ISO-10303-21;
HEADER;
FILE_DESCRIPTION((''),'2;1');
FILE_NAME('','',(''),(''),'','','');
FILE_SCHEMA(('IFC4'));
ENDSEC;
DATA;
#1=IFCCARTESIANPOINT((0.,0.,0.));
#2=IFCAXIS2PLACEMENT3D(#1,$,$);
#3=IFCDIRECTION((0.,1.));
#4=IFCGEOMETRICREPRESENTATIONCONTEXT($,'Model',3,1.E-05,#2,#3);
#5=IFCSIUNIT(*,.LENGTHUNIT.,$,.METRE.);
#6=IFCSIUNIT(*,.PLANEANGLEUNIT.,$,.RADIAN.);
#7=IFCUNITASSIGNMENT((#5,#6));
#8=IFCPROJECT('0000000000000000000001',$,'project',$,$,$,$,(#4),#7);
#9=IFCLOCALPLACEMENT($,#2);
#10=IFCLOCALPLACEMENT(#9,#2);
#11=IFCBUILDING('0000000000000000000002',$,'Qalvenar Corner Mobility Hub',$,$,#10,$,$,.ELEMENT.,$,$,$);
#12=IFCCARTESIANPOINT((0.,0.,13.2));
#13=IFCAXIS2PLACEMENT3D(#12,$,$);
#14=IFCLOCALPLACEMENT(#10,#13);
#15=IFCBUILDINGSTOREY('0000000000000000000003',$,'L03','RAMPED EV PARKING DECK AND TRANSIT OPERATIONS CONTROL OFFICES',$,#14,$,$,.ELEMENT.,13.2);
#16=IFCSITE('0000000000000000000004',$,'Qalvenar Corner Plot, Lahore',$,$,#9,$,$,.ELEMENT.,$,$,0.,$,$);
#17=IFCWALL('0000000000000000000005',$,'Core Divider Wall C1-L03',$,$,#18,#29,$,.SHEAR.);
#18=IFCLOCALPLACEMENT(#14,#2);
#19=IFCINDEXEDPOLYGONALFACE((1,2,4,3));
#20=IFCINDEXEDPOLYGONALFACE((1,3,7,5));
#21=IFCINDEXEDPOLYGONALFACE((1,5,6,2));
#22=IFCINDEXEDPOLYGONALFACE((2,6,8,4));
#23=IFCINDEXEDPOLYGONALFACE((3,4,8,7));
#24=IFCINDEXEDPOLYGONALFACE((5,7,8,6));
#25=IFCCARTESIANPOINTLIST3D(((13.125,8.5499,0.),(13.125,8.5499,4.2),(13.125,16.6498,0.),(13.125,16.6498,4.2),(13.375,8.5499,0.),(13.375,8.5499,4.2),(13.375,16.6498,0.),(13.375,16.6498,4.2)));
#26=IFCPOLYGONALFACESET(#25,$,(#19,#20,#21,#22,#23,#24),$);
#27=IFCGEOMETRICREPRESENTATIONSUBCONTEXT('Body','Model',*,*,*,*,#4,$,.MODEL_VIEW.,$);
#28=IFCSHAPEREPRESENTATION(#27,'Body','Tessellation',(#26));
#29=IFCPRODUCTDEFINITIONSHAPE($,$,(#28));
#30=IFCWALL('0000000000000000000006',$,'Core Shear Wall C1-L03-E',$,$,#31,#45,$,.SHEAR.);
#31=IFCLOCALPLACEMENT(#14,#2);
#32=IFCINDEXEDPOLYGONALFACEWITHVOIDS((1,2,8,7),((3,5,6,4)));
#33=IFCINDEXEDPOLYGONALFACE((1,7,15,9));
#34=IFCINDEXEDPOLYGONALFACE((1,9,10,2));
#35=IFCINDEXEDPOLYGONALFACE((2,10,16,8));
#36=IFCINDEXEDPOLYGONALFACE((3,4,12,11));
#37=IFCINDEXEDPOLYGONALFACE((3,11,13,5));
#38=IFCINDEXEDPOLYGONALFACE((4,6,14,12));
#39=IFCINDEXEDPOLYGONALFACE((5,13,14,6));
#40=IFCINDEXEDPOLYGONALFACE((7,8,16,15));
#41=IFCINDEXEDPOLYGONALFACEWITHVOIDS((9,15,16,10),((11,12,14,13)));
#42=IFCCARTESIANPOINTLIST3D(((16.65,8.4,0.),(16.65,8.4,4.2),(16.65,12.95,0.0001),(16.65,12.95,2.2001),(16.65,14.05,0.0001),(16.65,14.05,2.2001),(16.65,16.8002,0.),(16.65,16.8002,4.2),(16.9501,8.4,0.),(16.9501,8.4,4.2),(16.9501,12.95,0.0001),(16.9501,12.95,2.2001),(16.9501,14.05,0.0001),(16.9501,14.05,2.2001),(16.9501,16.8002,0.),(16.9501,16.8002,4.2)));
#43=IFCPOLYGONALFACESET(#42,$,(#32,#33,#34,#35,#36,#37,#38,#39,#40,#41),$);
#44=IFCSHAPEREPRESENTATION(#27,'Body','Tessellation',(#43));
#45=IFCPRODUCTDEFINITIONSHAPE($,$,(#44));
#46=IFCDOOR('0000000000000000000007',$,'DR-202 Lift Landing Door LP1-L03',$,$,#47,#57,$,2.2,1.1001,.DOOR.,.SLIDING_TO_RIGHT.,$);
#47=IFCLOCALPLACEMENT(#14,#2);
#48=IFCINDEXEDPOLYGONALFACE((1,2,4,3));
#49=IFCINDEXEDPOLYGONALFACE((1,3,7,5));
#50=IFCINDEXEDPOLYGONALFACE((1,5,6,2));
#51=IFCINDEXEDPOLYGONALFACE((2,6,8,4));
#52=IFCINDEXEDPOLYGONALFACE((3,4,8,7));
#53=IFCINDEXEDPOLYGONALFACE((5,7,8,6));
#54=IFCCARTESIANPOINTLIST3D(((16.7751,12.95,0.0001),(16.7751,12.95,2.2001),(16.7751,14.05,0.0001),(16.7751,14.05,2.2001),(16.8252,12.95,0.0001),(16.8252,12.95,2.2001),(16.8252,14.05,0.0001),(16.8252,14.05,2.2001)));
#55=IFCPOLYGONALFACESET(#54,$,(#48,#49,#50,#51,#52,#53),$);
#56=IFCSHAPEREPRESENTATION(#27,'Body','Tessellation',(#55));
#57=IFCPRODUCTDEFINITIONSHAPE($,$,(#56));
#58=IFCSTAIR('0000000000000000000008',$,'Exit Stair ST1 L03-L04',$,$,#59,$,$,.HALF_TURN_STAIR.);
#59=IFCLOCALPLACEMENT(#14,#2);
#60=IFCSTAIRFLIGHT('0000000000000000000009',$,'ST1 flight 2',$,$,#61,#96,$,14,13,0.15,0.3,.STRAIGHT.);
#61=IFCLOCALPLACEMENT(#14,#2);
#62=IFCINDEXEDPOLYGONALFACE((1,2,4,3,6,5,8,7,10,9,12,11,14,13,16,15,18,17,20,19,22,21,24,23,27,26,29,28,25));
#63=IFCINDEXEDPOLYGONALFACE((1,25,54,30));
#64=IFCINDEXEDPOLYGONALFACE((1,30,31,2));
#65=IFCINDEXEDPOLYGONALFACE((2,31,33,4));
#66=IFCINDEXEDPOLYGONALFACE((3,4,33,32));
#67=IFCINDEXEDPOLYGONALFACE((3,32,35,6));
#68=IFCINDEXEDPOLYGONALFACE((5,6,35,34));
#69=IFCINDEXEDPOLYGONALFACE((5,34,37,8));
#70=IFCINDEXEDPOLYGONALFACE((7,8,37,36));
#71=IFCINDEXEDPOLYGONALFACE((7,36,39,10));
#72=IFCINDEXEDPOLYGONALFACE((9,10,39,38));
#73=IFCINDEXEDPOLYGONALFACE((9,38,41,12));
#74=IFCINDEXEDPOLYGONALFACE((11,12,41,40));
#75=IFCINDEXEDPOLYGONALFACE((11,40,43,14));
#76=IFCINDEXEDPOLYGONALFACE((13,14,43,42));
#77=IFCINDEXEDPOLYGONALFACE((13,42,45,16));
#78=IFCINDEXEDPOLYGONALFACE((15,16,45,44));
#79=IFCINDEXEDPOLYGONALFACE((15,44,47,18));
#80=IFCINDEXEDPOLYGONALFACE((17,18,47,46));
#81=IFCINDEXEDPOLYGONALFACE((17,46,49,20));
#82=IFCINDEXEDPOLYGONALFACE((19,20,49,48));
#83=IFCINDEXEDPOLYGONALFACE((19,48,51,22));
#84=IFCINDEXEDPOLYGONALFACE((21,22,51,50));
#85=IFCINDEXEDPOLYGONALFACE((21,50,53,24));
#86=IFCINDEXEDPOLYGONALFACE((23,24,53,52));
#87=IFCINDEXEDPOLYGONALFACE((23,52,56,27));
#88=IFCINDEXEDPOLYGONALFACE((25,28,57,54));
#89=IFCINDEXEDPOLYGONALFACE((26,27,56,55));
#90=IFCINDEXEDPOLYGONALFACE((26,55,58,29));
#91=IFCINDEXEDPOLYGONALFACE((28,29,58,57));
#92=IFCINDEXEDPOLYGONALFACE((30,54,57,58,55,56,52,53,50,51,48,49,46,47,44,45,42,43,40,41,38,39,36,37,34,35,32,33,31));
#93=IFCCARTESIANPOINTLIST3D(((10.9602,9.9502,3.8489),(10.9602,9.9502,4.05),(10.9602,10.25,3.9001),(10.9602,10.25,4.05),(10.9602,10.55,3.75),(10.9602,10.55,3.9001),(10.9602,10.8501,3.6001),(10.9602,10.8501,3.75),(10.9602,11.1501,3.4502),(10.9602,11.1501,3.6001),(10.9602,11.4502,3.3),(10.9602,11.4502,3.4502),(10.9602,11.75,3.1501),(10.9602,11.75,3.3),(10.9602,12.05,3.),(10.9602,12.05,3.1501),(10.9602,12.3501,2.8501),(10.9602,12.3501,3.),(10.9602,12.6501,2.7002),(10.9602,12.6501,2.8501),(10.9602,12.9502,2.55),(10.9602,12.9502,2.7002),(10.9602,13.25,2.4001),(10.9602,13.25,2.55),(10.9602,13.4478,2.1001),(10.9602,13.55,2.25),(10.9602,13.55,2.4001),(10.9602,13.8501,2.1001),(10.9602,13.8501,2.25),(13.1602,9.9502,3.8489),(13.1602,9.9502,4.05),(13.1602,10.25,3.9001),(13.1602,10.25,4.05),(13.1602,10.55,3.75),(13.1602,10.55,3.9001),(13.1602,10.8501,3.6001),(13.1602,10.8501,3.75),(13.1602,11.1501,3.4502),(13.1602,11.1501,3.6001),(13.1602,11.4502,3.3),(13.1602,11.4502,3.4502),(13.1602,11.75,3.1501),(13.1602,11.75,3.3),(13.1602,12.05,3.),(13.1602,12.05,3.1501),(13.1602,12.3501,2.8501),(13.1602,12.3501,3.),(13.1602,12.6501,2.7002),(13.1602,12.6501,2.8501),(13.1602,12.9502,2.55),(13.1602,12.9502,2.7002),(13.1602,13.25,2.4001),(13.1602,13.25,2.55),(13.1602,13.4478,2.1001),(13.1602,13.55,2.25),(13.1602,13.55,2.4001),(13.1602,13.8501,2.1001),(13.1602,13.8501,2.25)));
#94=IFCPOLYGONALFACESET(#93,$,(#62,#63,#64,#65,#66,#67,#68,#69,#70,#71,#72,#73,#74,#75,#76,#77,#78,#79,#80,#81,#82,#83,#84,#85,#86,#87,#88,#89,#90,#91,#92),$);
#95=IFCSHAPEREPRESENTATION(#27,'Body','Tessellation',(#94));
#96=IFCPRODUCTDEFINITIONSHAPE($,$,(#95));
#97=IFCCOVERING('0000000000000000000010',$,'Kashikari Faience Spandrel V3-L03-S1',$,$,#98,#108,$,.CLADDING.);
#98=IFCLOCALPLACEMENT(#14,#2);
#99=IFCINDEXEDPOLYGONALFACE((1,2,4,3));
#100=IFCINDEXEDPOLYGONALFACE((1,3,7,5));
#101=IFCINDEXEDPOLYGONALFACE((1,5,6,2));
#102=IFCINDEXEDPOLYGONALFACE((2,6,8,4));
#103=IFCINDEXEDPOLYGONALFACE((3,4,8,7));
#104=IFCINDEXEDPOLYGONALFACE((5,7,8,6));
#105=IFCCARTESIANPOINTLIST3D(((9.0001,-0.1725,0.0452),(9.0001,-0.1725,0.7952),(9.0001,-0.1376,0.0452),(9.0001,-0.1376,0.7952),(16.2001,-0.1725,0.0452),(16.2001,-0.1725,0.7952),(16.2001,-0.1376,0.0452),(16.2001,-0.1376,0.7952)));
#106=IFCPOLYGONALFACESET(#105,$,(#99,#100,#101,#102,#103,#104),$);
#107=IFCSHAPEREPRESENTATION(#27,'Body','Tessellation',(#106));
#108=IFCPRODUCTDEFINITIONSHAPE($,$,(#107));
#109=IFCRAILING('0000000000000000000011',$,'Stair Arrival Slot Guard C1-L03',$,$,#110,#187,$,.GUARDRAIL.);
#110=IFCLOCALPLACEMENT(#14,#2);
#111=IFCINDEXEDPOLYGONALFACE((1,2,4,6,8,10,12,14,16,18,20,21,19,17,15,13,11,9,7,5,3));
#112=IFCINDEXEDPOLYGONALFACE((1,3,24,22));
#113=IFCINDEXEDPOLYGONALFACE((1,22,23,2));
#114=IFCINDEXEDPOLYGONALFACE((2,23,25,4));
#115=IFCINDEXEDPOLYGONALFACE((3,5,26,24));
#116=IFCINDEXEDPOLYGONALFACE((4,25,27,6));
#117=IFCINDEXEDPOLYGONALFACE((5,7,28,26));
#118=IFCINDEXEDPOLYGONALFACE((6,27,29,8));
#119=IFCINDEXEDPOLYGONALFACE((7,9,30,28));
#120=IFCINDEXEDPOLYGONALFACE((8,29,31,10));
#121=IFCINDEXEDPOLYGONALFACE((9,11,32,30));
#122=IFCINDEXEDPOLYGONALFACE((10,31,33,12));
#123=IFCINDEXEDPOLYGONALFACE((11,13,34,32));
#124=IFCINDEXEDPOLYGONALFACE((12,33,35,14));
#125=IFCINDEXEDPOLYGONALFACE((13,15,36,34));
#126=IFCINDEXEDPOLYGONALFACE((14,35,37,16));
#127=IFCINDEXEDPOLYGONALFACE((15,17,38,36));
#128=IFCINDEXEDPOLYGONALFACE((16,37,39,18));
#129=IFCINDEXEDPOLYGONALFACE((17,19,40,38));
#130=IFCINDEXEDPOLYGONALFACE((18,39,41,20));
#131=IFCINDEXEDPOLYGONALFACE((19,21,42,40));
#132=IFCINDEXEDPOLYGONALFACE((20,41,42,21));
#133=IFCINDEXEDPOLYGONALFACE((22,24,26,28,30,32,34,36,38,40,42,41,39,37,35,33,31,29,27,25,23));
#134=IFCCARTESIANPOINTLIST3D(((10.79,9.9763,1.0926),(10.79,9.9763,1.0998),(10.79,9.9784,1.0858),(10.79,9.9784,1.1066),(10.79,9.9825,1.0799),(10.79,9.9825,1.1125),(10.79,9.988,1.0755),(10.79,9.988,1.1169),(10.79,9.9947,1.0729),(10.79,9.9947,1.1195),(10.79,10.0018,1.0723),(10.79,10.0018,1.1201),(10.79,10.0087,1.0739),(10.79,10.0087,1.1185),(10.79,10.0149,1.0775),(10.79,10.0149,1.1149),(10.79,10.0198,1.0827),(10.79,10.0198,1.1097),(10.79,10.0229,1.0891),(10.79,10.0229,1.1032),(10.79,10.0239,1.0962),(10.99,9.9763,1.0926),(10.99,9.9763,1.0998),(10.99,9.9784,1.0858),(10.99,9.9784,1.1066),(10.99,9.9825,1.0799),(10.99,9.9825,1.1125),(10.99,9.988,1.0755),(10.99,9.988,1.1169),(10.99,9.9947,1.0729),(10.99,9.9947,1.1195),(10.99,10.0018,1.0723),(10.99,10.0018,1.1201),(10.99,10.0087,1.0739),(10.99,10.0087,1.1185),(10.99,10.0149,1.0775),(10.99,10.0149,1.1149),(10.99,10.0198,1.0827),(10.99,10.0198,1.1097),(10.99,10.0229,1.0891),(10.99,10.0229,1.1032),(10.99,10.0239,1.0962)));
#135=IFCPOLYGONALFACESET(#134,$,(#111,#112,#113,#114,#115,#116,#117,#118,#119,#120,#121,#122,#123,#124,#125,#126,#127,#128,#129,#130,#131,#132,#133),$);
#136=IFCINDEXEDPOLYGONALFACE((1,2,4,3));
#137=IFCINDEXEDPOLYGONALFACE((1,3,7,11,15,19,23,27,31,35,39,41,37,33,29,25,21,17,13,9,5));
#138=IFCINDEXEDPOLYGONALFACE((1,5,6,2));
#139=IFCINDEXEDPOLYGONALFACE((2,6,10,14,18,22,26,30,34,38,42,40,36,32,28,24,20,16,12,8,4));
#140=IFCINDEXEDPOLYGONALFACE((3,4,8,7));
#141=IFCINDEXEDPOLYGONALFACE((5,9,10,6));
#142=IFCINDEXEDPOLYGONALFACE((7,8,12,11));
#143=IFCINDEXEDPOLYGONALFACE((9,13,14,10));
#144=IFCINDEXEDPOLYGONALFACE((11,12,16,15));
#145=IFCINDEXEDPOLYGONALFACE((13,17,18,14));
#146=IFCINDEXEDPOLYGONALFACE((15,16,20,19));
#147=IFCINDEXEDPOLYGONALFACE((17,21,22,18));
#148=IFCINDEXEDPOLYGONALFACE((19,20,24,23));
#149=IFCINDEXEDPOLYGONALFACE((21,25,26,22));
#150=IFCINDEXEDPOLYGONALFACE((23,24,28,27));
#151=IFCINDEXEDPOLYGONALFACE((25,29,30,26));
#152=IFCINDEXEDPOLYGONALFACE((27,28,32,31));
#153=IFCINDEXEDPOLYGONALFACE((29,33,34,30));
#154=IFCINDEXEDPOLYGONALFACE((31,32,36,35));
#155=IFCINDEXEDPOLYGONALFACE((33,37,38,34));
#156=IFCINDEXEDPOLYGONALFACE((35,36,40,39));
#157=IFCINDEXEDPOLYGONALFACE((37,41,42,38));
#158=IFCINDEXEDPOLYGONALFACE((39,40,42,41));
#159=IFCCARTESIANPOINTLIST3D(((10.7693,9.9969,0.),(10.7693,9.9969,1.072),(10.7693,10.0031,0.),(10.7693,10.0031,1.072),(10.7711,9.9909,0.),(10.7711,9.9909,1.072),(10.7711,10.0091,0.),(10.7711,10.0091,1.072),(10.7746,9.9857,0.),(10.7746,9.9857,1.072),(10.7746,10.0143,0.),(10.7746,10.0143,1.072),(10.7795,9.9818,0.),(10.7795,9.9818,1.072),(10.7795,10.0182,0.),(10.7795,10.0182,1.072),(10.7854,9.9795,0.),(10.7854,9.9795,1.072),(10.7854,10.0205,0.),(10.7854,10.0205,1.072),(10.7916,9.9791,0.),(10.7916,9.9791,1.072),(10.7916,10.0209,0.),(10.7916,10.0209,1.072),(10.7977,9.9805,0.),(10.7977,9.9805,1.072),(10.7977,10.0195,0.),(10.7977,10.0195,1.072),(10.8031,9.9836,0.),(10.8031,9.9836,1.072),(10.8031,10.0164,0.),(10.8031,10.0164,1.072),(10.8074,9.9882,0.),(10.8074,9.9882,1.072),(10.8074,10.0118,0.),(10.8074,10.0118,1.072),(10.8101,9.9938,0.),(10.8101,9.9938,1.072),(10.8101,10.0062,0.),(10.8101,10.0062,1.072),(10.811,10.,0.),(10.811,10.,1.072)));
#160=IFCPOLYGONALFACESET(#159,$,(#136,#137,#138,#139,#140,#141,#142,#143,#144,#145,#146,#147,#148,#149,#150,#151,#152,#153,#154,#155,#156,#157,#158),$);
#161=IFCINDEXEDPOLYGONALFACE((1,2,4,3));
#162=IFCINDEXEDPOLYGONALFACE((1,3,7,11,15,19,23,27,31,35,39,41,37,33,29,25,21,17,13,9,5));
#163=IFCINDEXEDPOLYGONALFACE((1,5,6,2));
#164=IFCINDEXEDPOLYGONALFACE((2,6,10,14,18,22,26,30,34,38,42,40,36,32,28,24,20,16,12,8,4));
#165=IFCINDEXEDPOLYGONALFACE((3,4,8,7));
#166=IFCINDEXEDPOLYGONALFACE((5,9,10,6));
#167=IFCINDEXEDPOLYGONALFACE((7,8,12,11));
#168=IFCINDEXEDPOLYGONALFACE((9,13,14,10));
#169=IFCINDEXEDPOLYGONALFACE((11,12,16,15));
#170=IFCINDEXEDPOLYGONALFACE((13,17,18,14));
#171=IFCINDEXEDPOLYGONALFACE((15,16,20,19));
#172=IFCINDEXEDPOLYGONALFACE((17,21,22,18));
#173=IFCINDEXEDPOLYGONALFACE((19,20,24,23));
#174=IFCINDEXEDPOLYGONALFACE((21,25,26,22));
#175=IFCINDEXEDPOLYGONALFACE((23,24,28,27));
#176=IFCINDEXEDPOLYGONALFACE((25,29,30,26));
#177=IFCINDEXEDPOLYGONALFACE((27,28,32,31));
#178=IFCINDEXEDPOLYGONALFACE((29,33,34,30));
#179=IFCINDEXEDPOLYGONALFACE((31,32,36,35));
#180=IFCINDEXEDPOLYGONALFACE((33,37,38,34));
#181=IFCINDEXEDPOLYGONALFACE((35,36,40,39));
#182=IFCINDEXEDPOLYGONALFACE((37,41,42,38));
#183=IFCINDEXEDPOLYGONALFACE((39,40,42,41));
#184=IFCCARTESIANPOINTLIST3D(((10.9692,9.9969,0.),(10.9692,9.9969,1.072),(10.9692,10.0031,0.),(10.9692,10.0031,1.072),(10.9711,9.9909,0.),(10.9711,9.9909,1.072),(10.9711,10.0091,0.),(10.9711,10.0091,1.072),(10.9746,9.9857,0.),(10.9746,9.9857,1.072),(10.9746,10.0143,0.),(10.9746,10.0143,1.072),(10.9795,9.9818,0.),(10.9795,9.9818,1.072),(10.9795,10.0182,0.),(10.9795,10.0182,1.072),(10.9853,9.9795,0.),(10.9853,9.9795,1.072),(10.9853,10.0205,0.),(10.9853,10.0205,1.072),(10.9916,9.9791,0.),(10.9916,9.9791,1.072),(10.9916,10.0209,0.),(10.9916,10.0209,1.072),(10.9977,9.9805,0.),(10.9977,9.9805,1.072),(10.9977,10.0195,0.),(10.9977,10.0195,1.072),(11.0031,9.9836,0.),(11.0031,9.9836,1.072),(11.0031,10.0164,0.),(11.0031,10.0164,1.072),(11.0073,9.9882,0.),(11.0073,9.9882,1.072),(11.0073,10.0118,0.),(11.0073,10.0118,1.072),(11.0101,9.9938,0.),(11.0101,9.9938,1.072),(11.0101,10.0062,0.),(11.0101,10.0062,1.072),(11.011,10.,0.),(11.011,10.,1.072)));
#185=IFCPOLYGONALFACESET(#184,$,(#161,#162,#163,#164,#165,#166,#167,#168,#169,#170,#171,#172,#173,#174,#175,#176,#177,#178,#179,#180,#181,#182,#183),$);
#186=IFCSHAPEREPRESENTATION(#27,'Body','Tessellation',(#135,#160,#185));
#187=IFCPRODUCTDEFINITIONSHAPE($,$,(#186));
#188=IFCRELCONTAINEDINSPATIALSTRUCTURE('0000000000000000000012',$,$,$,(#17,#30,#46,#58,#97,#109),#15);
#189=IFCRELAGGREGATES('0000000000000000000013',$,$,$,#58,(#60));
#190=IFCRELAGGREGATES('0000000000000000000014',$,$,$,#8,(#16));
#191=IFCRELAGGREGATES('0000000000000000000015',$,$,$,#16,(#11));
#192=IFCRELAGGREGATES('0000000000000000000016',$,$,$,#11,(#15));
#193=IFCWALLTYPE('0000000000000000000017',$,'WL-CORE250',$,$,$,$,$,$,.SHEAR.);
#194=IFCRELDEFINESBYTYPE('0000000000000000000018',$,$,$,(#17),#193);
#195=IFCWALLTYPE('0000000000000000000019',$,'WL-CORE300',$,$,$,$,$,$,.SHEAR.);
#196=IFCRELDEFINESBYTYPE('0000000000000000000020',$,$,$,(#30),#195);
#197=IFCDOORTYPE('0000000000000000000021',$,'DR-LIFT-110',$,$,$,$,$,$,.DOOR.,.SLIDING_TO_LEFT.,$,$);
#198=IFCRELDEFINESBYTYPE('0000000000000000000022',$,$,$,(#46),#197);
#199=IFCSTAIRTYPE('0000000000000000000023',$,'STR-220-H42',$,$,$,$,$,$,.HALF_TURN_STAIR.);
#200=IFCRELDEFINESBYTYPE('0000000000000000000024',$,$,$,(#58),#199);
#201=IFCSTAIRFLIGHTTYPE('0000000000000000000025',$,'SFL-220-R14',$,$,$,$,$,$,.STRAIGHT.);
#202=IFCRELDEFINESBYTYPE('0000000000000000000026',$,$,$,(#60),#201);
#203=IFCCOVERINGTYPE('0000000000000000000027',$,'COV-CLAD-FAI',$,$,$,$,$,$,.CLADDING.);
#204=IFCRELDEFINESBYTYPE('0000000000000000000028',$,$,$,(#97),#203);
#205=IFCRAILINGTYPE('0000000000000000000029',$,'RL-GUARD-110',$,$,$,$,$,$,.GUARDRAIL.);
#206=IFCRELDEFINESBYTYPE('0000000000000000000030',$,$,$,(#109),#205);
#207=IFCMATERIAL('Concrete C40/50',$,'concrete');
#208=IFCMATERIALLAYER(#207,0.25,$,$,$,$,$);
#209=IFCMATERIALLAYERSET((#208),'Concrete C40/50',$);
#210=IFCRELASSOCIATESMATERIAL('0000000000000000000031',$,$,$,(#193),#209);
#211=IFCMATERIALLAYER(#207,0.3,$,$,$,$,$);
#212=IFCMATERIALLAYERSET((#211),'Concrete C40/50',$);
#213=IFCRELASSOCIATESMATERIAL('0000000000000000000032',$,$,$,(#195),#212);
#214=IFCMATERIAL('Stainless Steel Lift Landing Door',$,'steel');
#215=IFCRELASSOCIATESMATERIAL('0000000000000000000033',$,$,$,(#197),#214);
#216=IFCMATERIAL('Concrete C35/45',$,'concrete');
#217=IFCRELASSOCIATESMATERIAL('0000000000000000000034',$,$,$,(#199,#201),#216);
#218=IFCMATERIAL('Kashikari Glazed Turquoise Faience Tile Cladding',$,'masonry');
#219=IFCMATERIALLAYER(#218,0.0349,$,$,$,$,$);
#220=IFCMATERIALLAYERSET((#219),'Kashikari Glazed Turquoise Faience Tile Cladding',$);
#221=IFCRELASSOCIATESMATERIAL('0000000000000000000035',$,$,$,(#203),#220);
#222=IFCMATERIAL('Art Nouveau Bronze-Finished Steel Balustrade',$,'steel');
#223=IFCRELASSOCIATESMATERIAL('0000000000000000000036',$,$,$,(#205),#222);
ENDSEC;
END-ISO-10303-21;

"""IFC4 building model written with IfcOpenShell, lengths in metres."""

from ifc_helpers import new_model, si_unit, direction, frame, frame_2d, origin, origin_2d, place, context, subcontext, project, spatial, polyline, rectangle, circle, outline, extrude, material, layer, layer_set, type_object, element, fill, aggregate, save


model = new_model("IFC4")

# Units and contexts
model_context = context("Model", 3, precision=1e-05, world=origin(), true_north=direction((0.0, 1.0)))
body_context = subcontext(model_context, "Body", "Model", "MODEL_VIEW")
ifc_project = project(units=[si_unit("LENGTHUNIT", "METRE"), si_unit("PLANEANGLEUNIT", "RADIAN")], contexts=[model_context])

# Site, building, storey
site_placement = place(None, origin())
site = spatial("IfcSite", under=ifc_project, at=site_placement, Name="Qalvenar Corner Plot, Lahore", CompositionType="ELEMENT", RefElevation=0.0)
building_placement = place(site_placement, origin())
building = spatial("IfcBuilding", under=site, at=building_placement, Name="Qalvenar Corner Mobility Hub", CompositionType="ELEMENT")
storey_placement = place(building_placement, frame((0.0, 0.0, 13.2)))
storey = spatial("IfcBuildingStorey", under=building, at=storey_placement, Name="L03", Description="RAMPED EV PARKING DECK AND TRANSIT OPERATIONS CONTROL OFFICES", CompositionType="ELEMENT", Elevation=13.2)

# Wall
ifc_material_1 = material(Name="Concrete C40/50", Category="concrete")
ifc_layer_1 = layer(ifc_material_1, 0.25)
ifc_layer_set_1 = layer_set([ifc_layer_1], Name="Concrete C40/50")
wall_type_1 = type_object("IfcWallType", Name="WL-CORE250", PredefinedType="SHEAR", material=ifc_layer_set_1)
wall_1_placement = place(storey_placement, frame((13.25, 8.55, 0.0), z_axis=(0.0, 0.0, 1.0), x_axis=(0.0, 1.0, 0.0)))
element("IfcWall", 1, at=wall_1_placement, inside=storey, type_object=wall_type_1, Name="Core Divider Wall C1-L03", PredefinedType="SHEAR", context=body_context, shape_type="SweptSolid", body=[
    extrude(rectangle(XDim=8.0999, YDim=0.25, at=frame_2d((4.0498, 0.0))), origin(), (0.0, 0.0, 1.0), 4.2),
])

# Wall, opening, door
ifc_layer_2 = layer(ifc_material_1, 0.3)
ifc_layer_set_2 = layer_set([ifc_layer_2], Name="Concrete C40/50")
wall_type_2 = type_object("IfcWallType", Name="WL-CORE300", PredefinedType="SHEAR", material=ifc_layer_set_2)
wall_2_placement = place(storey_placement, frame((16.8, 8.3999, 0.0), z_axis=(0.0, 0.0, 1.0), x_axis=(0.0, 1.0, 0.0)))
wall_2 = element("IfcWall", 2, at=wall_2_placement, inside=storey, type_object=wall_type_2, Name="Core Shear Wall C1-L03-E", PredefinedType="SHEAR", context=body_context, shape_type="SweptSolid", body=[
    extrude(rectangle(XDim=8.4001, YDim=0.3, at=frame_2d((4.2002, 0.0))), origin(), (0.0, 0.0, 1.0), 4.2),
])
opening_placement = place(wall_2_placement, frame((4.55, 0.0, 0.0)))
opening = element("IfcOpeningElement", 3, at=opening_placement, cuts=wall_2, PredefinedType="OPENING", context=body_context, shape_type="SweptSolid", body=[
    extrude(rectangle(XDim=1.1001, YDim=2.2, at=frame_2d((0.55, 1.1001))), frame((0.0, 0.1602, 0.0), z_axis=(0.0, -1.0, 0.0), x_axis=(1.0, 0.0, 0.0)), (0.0, 0.0, 1.0), 0.3201),
])
ifc_material_2 = material(Name="Stainless Steel Lift Landing Door", Category="steel")
door_type = type_object("IfcDoorType", Name="DR-LIFT-110", OperationType="SLIDING_TO_LEFT", PredefinedType="DOOR", material=ifc_material_2)
door_placement = place(opening_placement, origin())
door = element("IfcDoor", 4, at=door_placement, inside=storey, type_object=door_type, Name="DR-202 Lift Landing Door LP1-L03", OperationType="SLIDING_TO_RIGHT", OverallHeight=2.2, OverallWidth=1.1001, PredefinedType="DOOR", context=body_context, shape_type="SweptSolid", body=[
    extrude(rectangle(XDim=1.1001, YDim=2.2, at=frame_2d((0.55, 1.1001))), frame((0.0, 0.0249, 0.0), z_axis=(0.0, -1.0, 0.0), x_axis=(1.0, 0.0, 0.0)), (0.0, 0.0, 1.0), 0.05),
])
fill(opening, door)

# Stair, stair flight
ifc_material_3 = material(Name="Concrete C35/45", Category="concrete")
stair_type = type_object("IfcStairType", Name="STR-220-H42", PredefinedType="HALF_TURN_STAIR", material=ifc_material_3)
stair_placement = place(storey_placement, origin())
stair = element("IfcStair", 5, at=stair_placement, inside=storey, type_object=stair_type, Name="Exit Stair ST1 L03-L04", PredefinedType="HALF_TURN_STAIR")
stair_flight_type = type_object("IfcStairFlightType", Name="SFL-220-R14", PredefinedType="STRAIGHT", material=ifc_material_3)
stair_flight_placement = place(storey_placement, frame((12.0601, 13.8501, 2.1001), z_axis=(0.0, 0.0, 1.0), x_axis=(0.0, -1.0, 0.0)))
stair_flight = element("IfcStairFlight", 6, at=stair_flight_placement, type_object=stair_flight_type, Name="ST1 flight 2", NumberOfRisers=14, NumberOfTreads=13, PredefinedType="STRAIGHT", RiserHeight=0.15, TreadLength=0.3, context=body_context, shape_type="SweptSolid", body=[
    extrude(outline(polyline([(0.0, 0.0), (0.0, 0.1499), (0.3, 0.1499), (0.3, 0.3), (0.6001, 0.3), (0.6001, 0.45), (0.8999, 0.45), (0.8999, 0.6001), (1.2, 0.6001), (1.2, 0.75), (1.5, 0.75), (1.5, 0.8999), (1.8, 0.8999), (1.8, 1.05), (2.1001, 1.05), (2.1001, 1.2), (2.3999, 1.2), (2.3999, 1.3501), (2.7, 1.3501), (2.7, 1.5), (3.0, 1.5), (3.0, 1.6499), (3.3, 1.6499), (3.3, 1.8), (3.6001, 1.8), (3.6001, 1.95), (3.8999, 1.95), (3.8999, 2.1001), (3.8999, 1.7488), (0.4023, 0.0), (0.0, 0.0)])), frame((0.0, 1.1001, 0.0), z_axis=(0.0, -1.0, 0.0), x_axis=(1.0, 0.0, 0.0)), (0.0, 0.0, 1.0), 2.2),
])
aggregate(stair, [stair_flight])

# Covering
ifc_material_4 = material(Name="Kashikari Glazed Turquoise Faience Tile Cladding", Category="masonry")
ifc_layer_3 = layer(ifc_material_4, 0.0349)
ifc_layer_set_3 = layer_set([ifc_layer_3], Name="Kashikari Glazed Turquoise Faience Tile Cladding")
covering_type = type_object("IfcCoveringType", Name="COV-CLAD-FAI", PredefinedType="CLADDING", material=ifc_layer_set_3)
covering_placement = place(storey_placement, frame((12.6001, -0.155, 0.0452), z_axis=(0.0, 0.0, 1.0), x_axis=(1.0, 0.0, 0.0)))
element("IfcCovering", 7, at=covering_placement, inside=storey, type_object=covering_type, Name="Kashikari Faience Spandrel V3-L03-S1", PredefinedType="CLADDING", context=body_context, shape_type="SweptSolid", body=[
    extrude(rectangle(XDim=7.2, YDim=0.0349, at=origin_2d()), origin(), (0.0, 0.0, 1.0), 0.75),
])

# Railing
ifc_material_5 = material(Name="Art Nouveau Bronze-Finished Steel Balustrade", Category="steel")
railing_type_1 = type_object("IfcRailingType", Name="RL-GUARD-110", PredefinedType="GUARDRAIL", material=ifc_material_5)
for number, where, name in (
    (8, (10.79, 10.0, 0.0), "Stair Arrival Slot Guard C1-L03"),
):
    element("IfcRailing", number, at=place(storey_placement, frame(where)), inside=storey, type_object=railing_type_1, Name=name, PredefinedType="GUARDRAIL", context=body_context, shape_type="SweptSolid", body=[
        extrude(circle(Radius=0.0239, at=origin_2d()), frame((0.0, 0.0, 1.0962), z_axis=(1.0, 0.0, 0.0), x_axis=(0.0, 1.0, 0.0)), (0.0, 0.0, 1.0), 0.2),
        extrude(circle(Radius=0.021, at=origin_2d()), origin(), (0.0, 0.0, 1.0), 1.072),
        extrude(circle(Radius=0.021, at=origin_2d()), frame((0.2, 0.0, 0.0)), (0.0, 0.0, 1.0), 1.072),
    ])

save(model, "model.ifc")
